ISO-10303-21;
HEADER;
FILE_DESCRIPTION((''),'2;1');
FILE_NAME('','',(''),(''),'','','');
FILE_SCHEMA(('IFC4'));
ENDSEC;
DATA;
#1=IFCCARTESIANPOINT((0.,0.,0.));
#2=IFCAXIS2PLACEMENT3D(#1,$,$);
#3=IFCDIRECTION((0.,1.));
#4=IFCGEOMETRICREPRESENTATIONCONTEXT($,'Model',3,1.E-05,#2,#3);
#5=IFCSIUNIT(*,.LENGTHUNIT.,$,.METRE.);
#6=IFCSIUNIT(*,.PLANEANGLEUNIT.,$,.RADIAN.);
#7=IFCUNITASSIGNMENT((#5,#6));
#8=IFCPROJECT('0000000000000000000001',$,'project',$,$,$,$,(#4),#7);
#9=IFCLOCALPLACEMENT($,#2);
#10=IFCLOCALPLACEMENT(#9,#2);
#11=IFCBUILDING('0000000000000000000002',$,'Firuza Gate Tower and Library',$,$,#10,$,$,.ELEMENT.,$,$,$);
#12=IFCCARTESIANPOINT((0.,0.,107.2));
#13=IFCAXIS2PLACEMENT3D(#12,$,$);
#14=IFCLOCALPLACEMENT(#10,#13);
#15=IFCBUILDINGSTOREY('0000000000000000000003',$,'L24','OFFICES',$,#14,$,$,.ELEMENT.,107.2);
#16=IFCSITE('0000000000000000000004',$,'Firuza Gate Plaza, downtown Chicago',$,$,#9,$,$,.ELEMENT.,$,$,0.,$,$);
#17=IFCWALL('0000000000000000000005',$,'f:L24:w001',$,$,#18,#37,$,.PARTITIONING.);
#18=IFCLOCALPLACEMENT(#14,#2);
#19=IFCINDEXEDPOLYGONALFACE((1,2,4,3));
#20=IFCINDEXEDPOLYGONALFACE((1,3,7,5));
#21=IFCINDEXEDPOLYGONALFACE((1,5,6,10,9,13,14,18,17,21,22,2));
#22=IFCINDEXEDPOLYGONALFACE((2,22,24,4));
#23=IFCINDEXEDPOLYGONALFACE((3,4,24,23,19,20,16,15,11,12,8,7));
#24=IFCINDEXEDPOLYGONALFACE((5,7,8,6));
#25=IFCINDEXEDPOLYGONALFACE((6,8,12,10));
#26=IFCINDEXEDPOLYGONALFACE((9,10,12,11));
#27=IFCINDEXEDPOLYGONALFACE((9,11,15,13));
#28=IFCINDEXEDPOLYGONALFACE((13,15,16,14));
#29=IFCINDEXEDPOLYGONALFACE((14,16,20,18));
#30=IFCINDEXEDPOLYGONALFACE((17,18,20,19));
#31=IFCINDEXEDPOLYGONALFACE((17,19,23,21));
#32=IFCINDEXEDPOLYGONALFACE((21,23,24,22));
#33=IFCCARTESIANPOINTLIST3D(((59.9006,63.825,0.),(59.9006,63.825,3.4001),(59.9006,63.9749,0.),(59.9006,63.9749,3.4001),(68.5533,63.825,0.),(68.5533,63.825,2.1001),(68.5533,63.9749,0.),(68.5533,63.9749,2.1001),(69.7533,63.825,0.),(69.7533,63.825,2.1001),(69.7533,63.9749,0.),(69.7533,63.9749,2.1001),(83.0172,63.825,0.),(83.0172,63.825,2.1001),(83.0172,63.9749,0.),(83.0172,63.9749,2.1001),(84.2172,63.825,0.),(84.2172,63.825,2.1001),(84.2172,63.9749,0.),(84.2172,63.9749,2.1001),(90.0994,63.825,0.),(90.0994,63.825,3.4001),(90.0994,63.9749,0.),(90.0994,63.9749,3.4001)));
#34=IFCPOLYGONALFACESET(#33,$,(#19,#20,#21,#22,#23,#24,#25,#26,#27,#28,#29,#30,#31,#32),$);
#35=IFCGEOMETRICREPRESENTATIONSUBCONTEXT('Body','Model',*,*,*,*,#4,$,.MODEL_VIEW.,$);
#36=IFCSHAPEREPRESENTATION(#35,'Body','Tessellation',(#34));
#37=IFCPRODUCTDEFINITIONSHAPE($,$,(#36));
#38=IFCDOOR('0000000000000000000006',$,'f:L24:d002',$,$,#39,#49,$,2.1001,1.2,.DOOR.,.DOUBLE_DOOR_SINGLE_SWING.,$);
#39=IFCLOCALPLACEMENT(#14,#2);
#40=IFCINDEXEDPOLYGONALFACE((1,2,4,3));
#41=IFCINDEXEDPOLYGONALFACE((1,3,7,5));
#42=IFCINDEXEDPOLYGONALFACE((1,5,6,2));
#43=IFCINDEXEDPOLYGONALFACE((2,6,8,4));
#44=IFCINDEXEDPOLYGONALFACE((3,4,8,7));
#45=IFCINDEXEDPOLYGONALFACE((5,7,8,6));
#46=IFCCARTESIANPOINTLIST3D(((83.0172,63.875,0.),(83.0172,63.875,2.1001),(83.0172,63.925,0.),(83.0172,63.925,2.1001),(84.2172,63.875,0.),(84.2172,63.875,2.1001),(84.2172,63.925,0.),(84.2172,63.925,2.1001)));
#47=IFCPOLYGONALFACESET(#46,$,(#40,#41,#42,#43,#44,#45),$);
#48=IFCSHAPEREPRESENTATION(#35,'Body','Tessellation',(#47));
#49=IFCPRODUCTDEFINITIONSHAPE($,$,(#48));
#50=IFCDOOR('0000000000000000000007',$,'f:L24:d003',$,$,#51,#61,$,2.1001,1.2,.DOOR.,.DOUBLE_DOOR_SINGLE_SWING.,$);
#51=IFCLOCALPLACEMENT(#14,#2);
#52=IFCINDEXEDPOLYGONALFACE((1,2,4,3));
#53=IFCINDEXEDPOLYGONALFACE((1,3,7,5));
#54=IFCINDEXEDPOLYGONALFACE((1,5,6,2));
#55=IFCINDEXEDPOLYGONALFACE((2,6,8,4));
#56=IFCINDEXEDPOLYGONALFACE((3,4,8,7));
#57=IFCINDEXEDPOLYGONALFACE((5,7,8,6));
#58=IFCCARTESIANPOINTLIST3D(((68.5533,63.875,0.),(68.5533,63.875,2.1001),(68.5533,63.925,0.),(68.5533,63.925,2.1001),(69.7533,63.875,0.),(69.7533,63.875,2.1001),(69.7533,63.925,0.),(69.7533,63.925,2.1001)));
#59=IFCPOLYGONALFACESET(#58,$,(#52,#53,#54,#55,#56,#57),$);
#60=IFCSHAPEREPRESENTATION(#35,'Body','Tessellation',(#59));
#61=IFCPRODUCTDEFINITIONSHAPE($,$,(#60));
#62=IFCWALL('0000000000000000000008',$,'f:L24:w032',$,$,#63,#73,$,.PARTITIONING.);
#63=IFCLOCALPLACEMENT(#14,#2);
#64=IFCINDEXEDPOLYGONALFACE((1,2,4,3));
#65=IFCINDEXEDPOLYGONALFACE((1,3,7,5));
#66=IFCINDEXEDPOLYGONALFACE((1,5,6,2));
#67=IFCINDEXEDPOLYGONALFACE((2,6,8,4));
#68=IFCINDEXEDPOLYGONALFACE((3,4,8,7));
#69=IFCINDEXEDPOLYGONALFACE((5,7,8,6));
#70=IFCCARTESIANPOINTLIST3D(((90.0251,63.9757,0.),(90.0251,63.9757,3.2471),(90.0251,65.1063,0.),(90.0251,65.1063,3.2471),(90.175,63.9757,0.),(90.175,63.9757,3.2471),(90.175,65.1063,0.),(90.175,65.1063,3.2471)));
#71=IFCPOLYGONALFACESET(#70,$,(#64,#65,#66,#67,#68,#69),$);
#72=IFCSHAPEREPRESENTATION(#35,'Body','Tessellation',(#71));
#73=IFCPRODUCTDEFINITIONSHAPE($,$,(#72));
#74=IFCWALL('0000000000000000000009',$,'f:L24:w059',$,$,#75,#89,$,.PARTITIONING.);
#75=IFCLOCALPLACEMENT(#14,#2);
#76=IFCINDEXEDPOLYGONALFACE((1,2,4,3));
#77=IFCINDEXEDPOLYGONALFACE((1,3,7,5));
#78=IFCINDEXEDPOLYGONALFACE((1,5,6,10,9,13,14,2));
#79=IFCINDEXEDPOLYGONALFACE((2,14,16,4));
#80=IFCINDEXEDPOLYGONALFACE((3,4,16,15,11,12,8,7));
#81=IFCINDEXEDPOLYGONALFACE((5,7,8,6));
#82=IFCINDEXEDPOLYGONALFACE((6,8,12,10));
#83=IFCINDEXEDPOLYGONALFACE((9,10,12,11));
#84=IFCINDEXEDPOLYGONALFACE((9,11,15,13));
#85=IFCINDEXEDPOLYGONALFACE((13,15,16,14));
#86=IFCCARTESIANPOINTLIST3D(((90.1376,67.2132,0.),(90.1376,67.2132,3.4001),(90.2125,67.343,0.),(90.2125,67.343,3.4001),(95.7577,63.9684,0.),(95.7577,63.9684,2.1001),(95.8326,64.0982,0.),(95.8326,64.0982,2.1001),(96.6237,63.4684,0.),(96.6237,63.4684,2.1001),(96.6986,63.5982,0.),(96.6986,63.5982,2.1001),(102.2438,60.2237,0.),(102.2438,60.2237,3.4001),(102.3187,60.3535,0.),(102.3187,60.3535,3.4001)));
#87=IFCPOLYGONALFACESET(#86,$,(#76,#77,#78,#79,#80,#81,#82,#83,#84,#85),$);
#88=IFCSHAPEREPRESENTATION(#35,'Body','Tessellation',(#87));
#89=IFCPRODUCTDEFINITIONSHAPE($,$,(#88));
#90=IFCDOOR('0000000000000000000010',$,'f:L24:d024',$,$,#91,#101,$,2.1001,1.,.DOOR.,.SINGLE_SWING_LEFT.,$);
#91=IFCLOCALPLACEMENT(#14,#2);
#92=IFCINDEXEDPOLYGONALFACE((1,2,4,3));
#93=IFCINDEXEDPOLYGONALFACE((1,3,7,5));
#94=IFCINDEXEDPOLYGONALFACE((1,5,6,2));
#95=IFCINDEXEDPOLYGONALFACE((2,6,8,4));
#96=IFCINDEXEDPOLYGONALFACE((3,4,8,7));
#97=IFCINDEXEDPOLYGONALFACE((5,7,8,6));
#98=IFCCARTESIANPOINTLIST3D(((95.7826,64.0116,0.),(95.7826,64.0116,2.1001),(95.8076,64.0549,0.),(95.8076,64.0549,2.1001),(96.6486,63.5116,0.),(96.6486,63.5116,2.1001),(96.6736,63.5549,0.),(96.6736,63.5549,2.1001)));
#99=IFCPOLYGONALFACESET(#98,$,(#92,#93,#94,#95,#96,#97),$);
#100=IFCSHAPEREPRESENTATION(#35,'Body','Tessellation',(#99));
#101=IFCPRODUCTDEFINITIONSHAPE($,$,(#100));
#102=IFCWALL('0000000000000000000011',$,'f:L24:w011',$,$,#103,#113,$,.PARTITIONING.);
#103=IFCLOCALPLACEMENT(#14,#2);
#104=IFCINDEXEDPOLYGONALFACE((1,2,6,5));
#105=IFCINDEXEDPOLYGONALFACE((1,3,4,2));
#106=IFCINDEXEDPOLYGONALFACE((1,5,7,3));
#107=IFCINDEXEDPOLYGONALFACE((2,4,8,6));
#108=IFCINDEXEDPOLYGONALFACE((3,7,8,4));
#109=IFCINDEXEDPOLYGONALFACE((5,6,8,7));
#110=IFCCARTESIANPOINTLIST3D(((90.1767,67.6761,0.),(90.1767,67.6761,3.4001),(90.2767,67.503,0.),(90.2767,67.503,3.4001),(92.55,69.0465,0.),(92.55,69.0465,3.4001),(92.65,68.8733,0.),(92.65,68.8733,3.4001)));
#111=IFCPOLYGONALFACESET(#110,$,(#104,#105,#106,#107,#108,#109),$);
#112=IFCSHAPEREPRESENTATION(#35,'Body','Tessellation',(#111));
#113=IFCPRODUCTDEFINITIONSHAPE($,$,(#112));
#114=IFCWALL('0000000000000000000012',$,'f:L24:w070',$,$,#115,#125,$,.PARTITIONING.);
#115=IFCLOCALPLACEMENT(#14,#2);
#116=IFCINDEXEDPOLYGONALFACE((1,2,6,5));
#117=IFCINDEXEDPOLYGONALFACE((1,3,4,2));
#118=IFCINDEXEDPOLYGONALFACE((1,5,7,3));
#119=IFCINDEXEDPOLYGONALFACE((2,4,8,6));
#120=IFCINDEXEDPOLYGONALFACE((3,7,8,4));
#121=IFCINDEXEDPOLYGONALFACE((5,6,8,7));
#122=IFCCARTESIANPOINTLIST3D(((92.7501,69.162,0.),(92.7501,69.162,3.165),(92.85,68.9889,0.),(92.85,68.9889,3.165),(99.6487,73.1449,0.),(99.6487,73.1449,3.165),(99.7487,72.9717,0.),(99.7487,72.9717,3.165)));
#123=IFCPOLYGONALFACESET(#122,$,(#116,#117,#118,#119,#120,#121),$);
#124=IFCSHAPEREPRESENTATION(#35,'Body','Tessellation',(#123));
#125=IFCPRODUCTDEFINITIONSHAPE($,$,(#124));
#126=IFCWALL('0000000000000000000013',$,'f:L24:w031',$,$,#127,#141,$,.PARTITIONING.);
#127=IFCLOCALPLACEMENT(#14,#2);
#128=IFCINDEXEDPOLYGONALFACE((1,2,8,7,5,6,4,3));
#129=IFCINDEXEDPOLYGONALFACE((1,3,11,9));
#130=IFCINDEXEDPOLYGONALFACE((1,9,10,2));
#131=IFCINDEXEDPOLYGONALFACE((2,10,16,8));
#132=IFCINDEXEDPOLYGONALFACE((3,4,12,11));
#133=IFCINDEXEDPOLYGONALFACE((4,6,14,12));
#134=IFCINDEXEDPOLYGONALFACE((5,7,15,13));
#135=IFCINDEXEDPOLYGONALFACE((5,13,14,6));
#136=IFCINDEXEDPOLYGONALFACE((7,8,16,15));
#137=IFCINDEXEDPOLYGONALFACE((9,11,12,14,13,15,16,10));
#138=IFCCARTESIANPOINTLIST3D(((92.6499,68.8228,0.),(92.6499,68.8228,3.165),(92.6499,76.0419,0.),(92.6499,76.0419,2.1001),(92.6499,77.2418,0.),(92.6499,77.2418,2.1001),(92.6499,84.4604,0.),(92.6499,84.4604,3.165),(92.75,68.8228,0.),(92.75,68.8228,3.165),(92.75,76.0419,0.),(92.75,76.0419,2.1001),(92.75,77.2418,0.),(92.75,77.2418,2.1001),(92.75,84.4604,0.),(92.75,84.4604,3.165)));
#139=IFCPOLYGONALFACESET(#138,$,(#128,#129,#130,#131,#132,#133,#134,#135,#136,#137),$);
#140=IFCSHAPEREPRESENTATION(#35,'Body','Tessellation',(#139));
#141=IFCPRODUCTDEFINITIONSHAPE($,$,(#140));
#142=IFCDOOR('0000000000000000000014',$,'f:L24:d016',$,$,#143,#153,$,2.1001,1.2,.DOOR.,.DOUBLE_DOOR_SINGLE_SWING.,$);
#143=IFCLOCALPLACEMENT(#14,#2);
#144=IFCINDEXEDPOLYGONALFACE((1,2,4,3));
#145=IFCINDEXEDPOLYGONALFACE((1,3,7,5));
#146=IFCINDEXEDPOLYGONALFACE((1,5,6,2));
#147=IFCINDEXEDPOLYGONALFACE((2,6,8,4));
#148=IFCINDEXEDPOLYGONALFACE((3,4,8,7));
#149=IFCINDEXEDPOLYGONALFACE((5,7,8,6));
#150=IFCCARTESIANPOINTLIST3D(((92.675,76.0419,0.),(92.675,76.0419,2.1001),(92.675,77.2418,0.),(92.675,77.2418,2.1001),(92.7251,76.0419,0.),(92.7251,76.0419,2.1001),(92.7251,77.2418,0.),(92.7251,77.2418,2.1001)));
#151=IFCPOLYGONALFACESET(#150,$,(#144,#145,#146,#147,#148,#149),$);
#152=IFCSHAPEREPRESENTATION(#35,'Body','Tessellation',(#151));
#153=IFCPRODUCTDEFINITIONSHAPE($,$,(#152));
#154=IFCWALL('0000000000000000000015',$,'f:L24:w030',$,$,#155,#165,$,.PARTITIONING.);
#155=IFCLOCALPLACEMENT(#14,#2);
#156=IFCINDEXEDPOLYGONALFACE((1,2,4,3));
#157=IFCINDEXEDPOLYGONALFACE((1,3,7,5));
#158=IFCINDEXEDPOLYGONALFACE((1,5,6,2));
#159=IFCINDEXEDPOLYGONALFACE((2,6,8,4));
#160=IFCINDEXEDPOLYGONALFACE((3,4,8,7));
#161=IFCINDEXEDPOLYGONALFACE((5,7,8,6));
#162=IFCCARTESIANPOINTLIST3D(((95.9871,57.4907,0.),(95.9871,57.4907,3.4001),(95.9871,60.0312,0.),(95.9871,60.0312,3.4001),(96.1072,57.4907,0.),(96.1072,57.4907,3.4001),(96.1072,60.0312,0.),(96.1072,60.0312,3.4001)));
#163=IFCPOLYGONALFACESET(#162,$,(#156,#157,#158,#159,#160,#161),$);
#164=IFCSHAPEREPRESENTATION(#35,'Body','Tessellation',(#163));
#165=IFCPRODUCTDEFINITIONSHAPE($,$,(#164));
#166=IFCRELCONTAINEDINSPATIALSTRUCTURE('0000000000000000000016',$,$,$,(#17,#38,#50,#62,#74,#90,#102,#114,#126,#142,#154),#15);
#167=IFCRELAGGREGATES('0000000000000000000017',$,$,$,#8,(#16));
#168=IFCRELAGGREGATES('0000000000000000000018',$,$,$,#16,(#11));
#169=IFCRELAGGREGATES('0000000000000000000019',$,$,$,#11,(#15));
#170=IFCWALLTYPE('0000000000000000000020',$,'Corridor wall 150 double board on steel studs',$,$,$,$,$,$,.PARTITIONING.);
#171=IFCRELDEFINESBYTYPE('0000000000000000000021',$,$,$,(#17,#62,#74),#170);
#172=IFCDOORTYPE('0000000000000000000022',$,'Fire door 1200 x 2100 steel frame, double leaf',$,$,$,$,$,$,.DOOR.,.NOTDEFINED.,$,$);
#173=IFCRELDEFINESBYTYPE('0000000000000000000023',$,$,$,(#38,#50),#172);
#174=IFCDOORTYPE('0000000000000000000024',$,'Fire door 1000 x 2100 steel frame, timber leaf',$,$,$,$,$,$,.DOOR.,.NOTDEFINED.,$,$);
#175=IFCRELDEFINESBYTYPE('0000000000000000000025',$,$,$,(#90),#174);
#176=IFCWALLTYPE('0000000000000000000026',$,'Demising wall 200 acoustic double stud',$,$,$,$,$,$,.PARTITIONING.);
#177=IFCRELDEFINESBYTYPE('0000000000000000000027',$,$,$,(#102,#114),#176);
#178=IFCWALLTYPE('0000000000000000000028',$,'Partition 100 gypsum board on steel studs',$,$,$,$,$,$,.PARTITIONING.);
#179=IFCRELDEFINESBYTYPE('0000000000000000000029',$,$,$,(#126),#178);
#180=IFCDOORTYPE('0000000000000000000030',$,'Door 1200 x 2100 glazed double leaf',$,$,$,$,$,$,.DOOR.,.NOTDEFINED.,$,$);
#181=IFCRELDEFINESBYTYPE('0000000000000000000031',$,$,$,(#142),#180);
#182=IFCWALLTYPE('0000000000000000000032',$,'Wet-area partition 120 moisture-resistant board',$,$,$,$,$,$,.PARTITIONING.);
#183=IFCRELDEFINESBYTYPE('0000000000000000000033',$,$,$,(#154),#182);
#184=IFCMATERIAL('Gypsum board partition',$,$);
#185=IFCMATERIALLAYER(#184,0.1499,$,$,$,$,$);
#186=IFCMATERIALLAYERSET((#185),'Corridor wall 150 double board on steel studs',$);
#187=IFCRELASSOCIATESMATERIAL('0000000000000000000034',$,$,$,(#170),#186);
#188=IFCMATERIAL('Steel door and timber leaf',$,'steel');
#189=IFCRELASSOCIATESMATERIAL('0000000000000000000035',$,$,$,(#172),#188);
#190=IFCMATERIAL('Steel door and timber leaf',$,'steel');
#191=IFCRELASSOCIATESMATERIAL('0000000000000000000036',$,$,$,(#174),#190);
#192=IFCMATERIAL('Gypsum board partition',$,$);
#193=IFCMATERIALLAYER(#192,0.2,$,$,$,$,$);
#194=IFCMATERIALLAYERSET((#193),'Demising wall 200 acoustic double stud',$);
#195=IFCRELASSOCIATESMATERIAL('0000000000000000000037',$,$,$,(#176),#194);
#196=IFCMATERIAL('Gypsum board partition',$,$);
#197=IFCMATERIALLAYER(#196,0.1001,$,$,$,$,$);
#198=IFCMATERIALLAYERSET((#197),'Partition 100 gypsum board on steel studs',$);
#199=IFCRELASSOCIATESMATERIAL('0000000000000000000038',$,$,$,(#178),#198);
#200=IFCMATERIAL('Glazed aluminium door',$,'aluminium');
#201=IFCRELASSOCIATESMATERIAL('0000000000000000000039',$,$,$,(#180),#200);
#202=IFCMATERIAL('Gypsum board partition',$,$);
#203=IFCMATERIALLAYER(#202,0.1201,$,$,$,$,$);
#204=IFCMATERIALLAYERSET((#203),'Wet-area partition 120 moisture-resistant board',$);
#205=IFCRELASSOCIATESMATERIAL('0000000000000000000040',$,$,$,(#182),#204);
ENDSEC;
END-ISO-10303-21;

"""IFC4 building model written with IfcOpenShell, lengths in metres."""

from ifc_helpers import new_model, si_unit, direction, frame, frame_2d, origin, place, context, subcontext, project, spatial, rectangle, extrude, material, layer, layer_set, type_object, element, fill, save


model = new_model("IFC4")

# Units and contexts
model_context = context("Model", 3, precision=1e-05, world=origin(), true_north=direction((0.0, 1.0)))
body_context = subcontext(model_context, "Body", "Model", "MODEL_VIEW")
ifc_project = project(units=[si_unit("LENGTHUNIT", "METRE"), si_unit("PLANEANGLEUNIT", "RADIAN")], contexts=[model_context])

# Site, building, storey
site_placement = place(None, origin())
site = spatial("IfcSite", under=ifc_project, at=site_placement, Name="Firuza Gate Plaza, downtown Chicago", CompositionType="ELEMENT", RefElevation=0.0)
building_placement = place(site_placement, origin())
building = spatial("IfcBuilding", under=site, at=building_placement, Name="Firuza Gate Tower and Library", CompositionType="ELEMENT")
storey_placement = place(building_placement, frame((0.0, 0.0, 107.2)))
storey = spatial("IfcBuildingStorey", under=building, at=storey_placement, Name="L24", Description="OFFICES", CompositionType="ELEMENT", Elevation=107.2)

# Wall, openings, doors
ifc_material_1 = material(Name="Gypsum board partition")
ifc_layer_1 = layer(ifc_material_1, 0.1499)
ifc_layer_set_1 = layer_set([ifc_layer_1], Name="Corridor wall 150 double board on steel studs")
wall_type_1 = type_object("IfcWallType", Name="Corridor wall 150 double board on steel studs", PredefinedType="PARTITIONING", material=ifc_layer_set_1)
wall_1_placement = place(storey_placement, frame((90.0994, 63.8999, 0.0), z_axis=(0.0, 0.0, 1.0), x_axis=(-1.0, 0.0, 0.0)))
wall_1 = element("IfcWall", 1, at=wall_1_placement, inside=storey, type_object=wall_type_1, Name="f:L24:w001", PredefinedType="PARTITIONING", context=body_context, shape_type="SweptSolid", body=[
    extrude(rectangle(XDim=30.1987, YDim=0.1499, at=frame_2d((15.0994, 0.0))), origin(), (0.0, 0.0, 1.0), 3.4001),
])
opening_1_placement = place(wall_1_placement, frame((5.8821, 0.0, 0.0)))
opening_1 = element("IfcOpeningElement", 2, at=opening_1_placement, cuts=wall_1, PredefinedType="OPENING", context=body_context, shape_type="SweptSolid", body=[
    extrude(rectangle(XDim=1.2, YDim=2.1001, at=frame_2d((0.6001, 1.05))), frame((0.0, 0.085, 0.0), z_axis=(0.0, -1.0, 0.0), x_axis=(1.0, 0.0, 0.0)), (0.0, 0.0, 1.0), 0.1699),
])
opening_2_placement = place(wall_1_placement, frame((20.3459, 0.0, 0.0)))
opening_2 = element("IfcOpeningElement", 3, at=opening_2_placement, cuts=wall_1, PredefinedType="OPENING", context=body_context, shape_type="SweptSolid", body=[
    extrude(rectangle(XDim=1.2, YDim=2.1001, at=frame_2d((0.6001, 1.05))), frame((0.0, 0.085, 0.0), z_axis=(0.0, -1.0, 0.0), x_axis=(1.0, 0.0, 0.0)), (0.0, 0.0, 1.0), 0.1699),
])
ifc_material_2 = material(Name="Steel door and timber leaf", Category="steel")
door_type_1 = type_object("IfcDoorType", Name="Fire door 1200 x 2100 steel frame, double leaf", OperationType="NOTDEFINED", PredefinedType="DOOR", material=ifc_material_2)
door_1_placement = place(opening_1_placement, origin())
door_1 = element("IfcDoor", 4, at=door_1_placement, inside=storey, type_object=door_type_1, Name="f:L24:d002", OperationType="DOUBLE_DOOR_SINGLE_SWING", OverallHeight=2.1001, OverallWidth=1.2, PredefinedType="DOOR", context=body_context, shape_type="SweptSolid", body=[
    extrude(rectangle(XDim=1.2, YDim=2.1001, at=frame_2d((0.6001, 1.05))), frame((0.0, 0.0249, 0.0), z_axis=(0.0, -1.0, 0.0), x_axis=(1.0, 0.0, 0.0)), (0.0, 0.0, 1.0), 0.05),
])
fill(opening_1, door_1)
door_2_placement = place(opening_2_placement, origin())
door_2 = element("IfcDoor", 5, at=door_2_placement, inside=storey, type_object=door_type_1, Name="f:L24:d003", OperationType="DOUBLE_DOOR_SINGLE_SWING", OverallHeight=2.1001, OverallWidth=1.2, PredefinedType="DOOR", context=body_context, shape_type="SweptSolid", body=[
    extrude(rectangle(XDim=1.2, YDim=2.1001, at=frame_2d((0.6001, 1.05))), frame((0.0, 0.0249, 0.0), z_axis=(0.0, -1.0, 0.0), x_axis=(1.0, 0.0, 0.0)), (0.0, 0.0, 1.0), 0.05),
])
fill(opening_2, door_2)

# Wall
wall_2_placement = place(storey_placement, frame((90.1001, 63.9756, 0.0), z_axis=(0.0, 0.0, 1.0), x_axis=(0.0, 1.0, 0.0)))
element("IfcWall", 6, at=wall_2_placement, inside=storey, type_object=wall_type_1, Name="f:L24:w032", PredefinedType="PARTITIONING", context=body_context, shape_type="SweptSolid", body=[
    extrude(rectangle(XDim=1.1306, YDim=0.1499, at=frame_2d((0.5654, 0.0))), origin(), (0.0, 0.0, 1.0), 3.2471),
])

# Wall, opening, door
wall_3_placement = place(storey_placement, frame((90.175, 67.2781, 0.0), z_axis=(0.0, 0.0, 1.0), x_axis=(0.866026, -0.499999, 0.0)))
wall_3 = element("IfcWall", 7, at=wall_3_placement, inside=storey, type_object=wall_type_1, Name="f:L24:w059", PredefinedType="PARTITIONING", context=body_context, shape_type="SweptSolid", body=[
    extrude(rectangle(XDim=13.979, YDim=0.1499, at=frame_2d((6.9895, 0.0))), origin(), (0.0, 0.0, 1.0), 3.4001),
])
opening_3_placement = place(wall_3_placement, frame((6.4895, 0.0, 0.0)))
opening_3 = element("IfcOpeningElement", 8, at=opening_3_placement, cuts=wall_3, PredefinedType="OPENING", context=body_context, shape_type="SweptSolid", body=[
    extrude(rectangle(XDim=1.0, YDim=2.1001, at=frame_2d((0.5, 1.05))), frame((0.0, 0.085, 0.0), z_axis=(0.0, -1.0, 0.0), x_axis=(1.0, 0.0, 0.0)), (0.0, 0.0, 1.0), 0.1699),
])
ifc_material_3 = material(Name="Steel door and timber leaf", Category="steel")
door_type_2 = type_object("IfcDoorType", Name="Fire door 1000 x 2100 steel frame, timber leaf", OperationType="NOTDEFINED", PredefinedType="DOOR", material=ifc_material_3)
door_3_placement = place(opening_3_placement, origin())
door_3 = element("IfcDoor", 9, at=door_3_placement, inside=storey, type_object=door_type_2, Name="f:L24:d024", OperationType="SINGLE_SWING_LEFT", OverallHeight=2.1001, OverallWidth=1.0, PredefinedType="DOOR", context=body_context, shape_type="SweptSolid", body=[
    extrude(rectangle(XDim=1.0, YDim=2.1001, at=frame_2d((0.5, 1.05))), frame((0.0, 0.0249, 0.0), z_axis=(0.0, -1.0, 0.0), x_axis=(1.0, 0.0, 0.0)), (0.0, 0.0, 1.0), 0.05),
])
fill(opening_3, door_3)

# Walls
ifc_material_4 = material(Name="Gypsum board partition")
ifc_layer_2 = layer(ifc_material_4, 0.2)
ifc_layer_set_2 = layer_set([ifc_layer_2], Name="Demising wall 200 acoustic double stud")
wall_type_2 = type_object("IfcWallType", Name="Demising wall 200 acoustic double stud", PredefinedType="PARTITIONING", material=ifc_layer_set_2)
wall_4_placement = place(storey_placement, frame((90.2268, 67.5896, 0.0), z_axis=(0.0, 0.0, 1.0), x_axis=(0.866003, 0.500039, 0.0)))
element("IfcWall", 10, at=wall_4_placement, inside=storey, type_object=wall_type_2, Name="f:L24:w011", PredefinedType="PARTITIONING", context=body_context, shape_type="SweptSolid", body=[
    extrude(rectangle(XDim=2.7405, YDim=0.2, at=frame_2d((1.3701, 0.0))), origin(), (0.0, 0.0, 1.0), 3.4001),
])
wall_5_placement = place(storey_placement, frame((92.8, 69.0754, 0.0), z_axis=(0.0, 0.0, 1.0), x_axis=(0.866028, 0.499996, 0.0)))
element("IfcWall", 11, at=wall_5_placement, inside=storey, type_object=wall_type_2, Name="f:L24:w070", PredefinedType="PARTITIONING", context=body_context, shape_type="SweptSolid", body=[
    extrude(rectangle(XDim=7.9658, YDim=0.2, at=frame_2d((3.9829, 0.0))), origin(), (0.0, 0.0, 1.0), 3.165),
])

# Wall, opening, door
ifc_material_5 = material(Name="Gypsum board partition")
ifc_layer_3 = layer(ifc_material_5, 0.1001)
ifc_layer_set_3 = layer_set([ifc_layer_3], Name="Partition 100 gypsum board on steel studs")
wall_type_3 = type_object("IfcWallType", Name="Partition 100 gypsum board on steel studs", PredefinedType="PARTITIONING", material=ifc_layer_set_3)
wall_6_placement = place(storey_placement, frame((92.7, 68.8228, 0.0), z_axis=(0.0, 0.0, 1.0), x_axis=(0.0, 1.0, 0.0)))
wall_6 = element("IfcWall", 12, at=wall_6_placement, inside=storey, type_object=wall_type_3, Name="f:L24:w031", PredefinedType="PARTITIONING", context=body_context, shape_type="SweptSolid", body=[
    extrude(rectangle(XDim=15.6377, YDim=0.1001, at=frame_2d((7.8188, 0.0))), origin(), (0.0, 0.0, 1.0), 3.165),
])
opening_4_placement = place(wall_6_placement, frame((7.219, 0.0, 0.0)))
opening_4 = element("IfcOpeningElement", 13, at=opening_4_placement, cuts=wall_6, PredefinedType="OPENING", context=body_context, shape_type="SweptSolid", body=[
    extrude(rectangle(XDim=1.2, YDim=2.1001, at=frame_2d((0.6001, 1.05))), frame((0.0, 0.0601, 0.0), z_axis=(0.0, -1.0, 0.0), x_axis=(1.0, 0.0, 0.0)), (0.0, 0.0, 1.0), 0.1201),
])
ifc_material_6 = material(Name="Glazed aluminium door", Category="aluminium")
door_type_3 = type_object("IfcDoorType", Name="Door 1200 x 2100 glazed double leaf", OperationType="NOTDEFINED", PredefinedType="DOOR", material=ifc_material_6)
door_4_placement = place(opening_4_placement, origin())
door_4 = element("IfcDoor", 14, at=door_4_placement, inside=storey, type_object=door_type_3, Name="f:L24:d016", OperationType="DOUBLE_DOOR_SINGLE_SWING", OverallHeight=2.1001, OverallWidth=1.2, PredefinedType="DOOR", context=body_context, shape_type="SweptSolid", body=[
    extrude(rectangle(XDim=1.2, YDim=2.1001, at=frame_2d((0.6001, 1.05))), frame((0.0, 0.0249, 0.0), z_axis=(0.0, -1.0, 0.0), x_axis=(1.0, 0.0, 0.0)), (0.0, 0.0, 1.0), 0.05),
])
fill(opening_4, door_4)

# Wall
ifc_material_7 = material(Name="Gypsum board partition")
ifc_layer_4 = layer(ifc_material_7, 0.1201)
ifc_layer_set_4 = layer_set([ifc_layer_4], Name="Wet-area partition 120 moisture-resistant board")
wall_type_4 = type_object("IfcWallType", Name="Wet-area partition 120 moisture-resistant board", PredefinedType="PARTITIONING", material=ifc_layer_set_4)
wall_7_placement = place(storey_placement, frame((96.0471, 57.4907, 0.0), z_axis=(0.0, 0.0, 1.0), x_axis=(0.0, 1.0, 0.0)))
element("IfcWall", 15, at=wall_7_placement, inside=storey, type_object=wall_type_4, Name="f:L24:w030", PredefinedType="PARTITIONING", context=body_context, shape_type="SweptSolid", body=[
    extrude(rectangle(XDim=2.5405, YDim=0.1201, at=frame_2d((1.2703, 0.0))), origin(), (0.0, 0.0, 1.0), 3.4001),
])

save(model, "model.ifc")
